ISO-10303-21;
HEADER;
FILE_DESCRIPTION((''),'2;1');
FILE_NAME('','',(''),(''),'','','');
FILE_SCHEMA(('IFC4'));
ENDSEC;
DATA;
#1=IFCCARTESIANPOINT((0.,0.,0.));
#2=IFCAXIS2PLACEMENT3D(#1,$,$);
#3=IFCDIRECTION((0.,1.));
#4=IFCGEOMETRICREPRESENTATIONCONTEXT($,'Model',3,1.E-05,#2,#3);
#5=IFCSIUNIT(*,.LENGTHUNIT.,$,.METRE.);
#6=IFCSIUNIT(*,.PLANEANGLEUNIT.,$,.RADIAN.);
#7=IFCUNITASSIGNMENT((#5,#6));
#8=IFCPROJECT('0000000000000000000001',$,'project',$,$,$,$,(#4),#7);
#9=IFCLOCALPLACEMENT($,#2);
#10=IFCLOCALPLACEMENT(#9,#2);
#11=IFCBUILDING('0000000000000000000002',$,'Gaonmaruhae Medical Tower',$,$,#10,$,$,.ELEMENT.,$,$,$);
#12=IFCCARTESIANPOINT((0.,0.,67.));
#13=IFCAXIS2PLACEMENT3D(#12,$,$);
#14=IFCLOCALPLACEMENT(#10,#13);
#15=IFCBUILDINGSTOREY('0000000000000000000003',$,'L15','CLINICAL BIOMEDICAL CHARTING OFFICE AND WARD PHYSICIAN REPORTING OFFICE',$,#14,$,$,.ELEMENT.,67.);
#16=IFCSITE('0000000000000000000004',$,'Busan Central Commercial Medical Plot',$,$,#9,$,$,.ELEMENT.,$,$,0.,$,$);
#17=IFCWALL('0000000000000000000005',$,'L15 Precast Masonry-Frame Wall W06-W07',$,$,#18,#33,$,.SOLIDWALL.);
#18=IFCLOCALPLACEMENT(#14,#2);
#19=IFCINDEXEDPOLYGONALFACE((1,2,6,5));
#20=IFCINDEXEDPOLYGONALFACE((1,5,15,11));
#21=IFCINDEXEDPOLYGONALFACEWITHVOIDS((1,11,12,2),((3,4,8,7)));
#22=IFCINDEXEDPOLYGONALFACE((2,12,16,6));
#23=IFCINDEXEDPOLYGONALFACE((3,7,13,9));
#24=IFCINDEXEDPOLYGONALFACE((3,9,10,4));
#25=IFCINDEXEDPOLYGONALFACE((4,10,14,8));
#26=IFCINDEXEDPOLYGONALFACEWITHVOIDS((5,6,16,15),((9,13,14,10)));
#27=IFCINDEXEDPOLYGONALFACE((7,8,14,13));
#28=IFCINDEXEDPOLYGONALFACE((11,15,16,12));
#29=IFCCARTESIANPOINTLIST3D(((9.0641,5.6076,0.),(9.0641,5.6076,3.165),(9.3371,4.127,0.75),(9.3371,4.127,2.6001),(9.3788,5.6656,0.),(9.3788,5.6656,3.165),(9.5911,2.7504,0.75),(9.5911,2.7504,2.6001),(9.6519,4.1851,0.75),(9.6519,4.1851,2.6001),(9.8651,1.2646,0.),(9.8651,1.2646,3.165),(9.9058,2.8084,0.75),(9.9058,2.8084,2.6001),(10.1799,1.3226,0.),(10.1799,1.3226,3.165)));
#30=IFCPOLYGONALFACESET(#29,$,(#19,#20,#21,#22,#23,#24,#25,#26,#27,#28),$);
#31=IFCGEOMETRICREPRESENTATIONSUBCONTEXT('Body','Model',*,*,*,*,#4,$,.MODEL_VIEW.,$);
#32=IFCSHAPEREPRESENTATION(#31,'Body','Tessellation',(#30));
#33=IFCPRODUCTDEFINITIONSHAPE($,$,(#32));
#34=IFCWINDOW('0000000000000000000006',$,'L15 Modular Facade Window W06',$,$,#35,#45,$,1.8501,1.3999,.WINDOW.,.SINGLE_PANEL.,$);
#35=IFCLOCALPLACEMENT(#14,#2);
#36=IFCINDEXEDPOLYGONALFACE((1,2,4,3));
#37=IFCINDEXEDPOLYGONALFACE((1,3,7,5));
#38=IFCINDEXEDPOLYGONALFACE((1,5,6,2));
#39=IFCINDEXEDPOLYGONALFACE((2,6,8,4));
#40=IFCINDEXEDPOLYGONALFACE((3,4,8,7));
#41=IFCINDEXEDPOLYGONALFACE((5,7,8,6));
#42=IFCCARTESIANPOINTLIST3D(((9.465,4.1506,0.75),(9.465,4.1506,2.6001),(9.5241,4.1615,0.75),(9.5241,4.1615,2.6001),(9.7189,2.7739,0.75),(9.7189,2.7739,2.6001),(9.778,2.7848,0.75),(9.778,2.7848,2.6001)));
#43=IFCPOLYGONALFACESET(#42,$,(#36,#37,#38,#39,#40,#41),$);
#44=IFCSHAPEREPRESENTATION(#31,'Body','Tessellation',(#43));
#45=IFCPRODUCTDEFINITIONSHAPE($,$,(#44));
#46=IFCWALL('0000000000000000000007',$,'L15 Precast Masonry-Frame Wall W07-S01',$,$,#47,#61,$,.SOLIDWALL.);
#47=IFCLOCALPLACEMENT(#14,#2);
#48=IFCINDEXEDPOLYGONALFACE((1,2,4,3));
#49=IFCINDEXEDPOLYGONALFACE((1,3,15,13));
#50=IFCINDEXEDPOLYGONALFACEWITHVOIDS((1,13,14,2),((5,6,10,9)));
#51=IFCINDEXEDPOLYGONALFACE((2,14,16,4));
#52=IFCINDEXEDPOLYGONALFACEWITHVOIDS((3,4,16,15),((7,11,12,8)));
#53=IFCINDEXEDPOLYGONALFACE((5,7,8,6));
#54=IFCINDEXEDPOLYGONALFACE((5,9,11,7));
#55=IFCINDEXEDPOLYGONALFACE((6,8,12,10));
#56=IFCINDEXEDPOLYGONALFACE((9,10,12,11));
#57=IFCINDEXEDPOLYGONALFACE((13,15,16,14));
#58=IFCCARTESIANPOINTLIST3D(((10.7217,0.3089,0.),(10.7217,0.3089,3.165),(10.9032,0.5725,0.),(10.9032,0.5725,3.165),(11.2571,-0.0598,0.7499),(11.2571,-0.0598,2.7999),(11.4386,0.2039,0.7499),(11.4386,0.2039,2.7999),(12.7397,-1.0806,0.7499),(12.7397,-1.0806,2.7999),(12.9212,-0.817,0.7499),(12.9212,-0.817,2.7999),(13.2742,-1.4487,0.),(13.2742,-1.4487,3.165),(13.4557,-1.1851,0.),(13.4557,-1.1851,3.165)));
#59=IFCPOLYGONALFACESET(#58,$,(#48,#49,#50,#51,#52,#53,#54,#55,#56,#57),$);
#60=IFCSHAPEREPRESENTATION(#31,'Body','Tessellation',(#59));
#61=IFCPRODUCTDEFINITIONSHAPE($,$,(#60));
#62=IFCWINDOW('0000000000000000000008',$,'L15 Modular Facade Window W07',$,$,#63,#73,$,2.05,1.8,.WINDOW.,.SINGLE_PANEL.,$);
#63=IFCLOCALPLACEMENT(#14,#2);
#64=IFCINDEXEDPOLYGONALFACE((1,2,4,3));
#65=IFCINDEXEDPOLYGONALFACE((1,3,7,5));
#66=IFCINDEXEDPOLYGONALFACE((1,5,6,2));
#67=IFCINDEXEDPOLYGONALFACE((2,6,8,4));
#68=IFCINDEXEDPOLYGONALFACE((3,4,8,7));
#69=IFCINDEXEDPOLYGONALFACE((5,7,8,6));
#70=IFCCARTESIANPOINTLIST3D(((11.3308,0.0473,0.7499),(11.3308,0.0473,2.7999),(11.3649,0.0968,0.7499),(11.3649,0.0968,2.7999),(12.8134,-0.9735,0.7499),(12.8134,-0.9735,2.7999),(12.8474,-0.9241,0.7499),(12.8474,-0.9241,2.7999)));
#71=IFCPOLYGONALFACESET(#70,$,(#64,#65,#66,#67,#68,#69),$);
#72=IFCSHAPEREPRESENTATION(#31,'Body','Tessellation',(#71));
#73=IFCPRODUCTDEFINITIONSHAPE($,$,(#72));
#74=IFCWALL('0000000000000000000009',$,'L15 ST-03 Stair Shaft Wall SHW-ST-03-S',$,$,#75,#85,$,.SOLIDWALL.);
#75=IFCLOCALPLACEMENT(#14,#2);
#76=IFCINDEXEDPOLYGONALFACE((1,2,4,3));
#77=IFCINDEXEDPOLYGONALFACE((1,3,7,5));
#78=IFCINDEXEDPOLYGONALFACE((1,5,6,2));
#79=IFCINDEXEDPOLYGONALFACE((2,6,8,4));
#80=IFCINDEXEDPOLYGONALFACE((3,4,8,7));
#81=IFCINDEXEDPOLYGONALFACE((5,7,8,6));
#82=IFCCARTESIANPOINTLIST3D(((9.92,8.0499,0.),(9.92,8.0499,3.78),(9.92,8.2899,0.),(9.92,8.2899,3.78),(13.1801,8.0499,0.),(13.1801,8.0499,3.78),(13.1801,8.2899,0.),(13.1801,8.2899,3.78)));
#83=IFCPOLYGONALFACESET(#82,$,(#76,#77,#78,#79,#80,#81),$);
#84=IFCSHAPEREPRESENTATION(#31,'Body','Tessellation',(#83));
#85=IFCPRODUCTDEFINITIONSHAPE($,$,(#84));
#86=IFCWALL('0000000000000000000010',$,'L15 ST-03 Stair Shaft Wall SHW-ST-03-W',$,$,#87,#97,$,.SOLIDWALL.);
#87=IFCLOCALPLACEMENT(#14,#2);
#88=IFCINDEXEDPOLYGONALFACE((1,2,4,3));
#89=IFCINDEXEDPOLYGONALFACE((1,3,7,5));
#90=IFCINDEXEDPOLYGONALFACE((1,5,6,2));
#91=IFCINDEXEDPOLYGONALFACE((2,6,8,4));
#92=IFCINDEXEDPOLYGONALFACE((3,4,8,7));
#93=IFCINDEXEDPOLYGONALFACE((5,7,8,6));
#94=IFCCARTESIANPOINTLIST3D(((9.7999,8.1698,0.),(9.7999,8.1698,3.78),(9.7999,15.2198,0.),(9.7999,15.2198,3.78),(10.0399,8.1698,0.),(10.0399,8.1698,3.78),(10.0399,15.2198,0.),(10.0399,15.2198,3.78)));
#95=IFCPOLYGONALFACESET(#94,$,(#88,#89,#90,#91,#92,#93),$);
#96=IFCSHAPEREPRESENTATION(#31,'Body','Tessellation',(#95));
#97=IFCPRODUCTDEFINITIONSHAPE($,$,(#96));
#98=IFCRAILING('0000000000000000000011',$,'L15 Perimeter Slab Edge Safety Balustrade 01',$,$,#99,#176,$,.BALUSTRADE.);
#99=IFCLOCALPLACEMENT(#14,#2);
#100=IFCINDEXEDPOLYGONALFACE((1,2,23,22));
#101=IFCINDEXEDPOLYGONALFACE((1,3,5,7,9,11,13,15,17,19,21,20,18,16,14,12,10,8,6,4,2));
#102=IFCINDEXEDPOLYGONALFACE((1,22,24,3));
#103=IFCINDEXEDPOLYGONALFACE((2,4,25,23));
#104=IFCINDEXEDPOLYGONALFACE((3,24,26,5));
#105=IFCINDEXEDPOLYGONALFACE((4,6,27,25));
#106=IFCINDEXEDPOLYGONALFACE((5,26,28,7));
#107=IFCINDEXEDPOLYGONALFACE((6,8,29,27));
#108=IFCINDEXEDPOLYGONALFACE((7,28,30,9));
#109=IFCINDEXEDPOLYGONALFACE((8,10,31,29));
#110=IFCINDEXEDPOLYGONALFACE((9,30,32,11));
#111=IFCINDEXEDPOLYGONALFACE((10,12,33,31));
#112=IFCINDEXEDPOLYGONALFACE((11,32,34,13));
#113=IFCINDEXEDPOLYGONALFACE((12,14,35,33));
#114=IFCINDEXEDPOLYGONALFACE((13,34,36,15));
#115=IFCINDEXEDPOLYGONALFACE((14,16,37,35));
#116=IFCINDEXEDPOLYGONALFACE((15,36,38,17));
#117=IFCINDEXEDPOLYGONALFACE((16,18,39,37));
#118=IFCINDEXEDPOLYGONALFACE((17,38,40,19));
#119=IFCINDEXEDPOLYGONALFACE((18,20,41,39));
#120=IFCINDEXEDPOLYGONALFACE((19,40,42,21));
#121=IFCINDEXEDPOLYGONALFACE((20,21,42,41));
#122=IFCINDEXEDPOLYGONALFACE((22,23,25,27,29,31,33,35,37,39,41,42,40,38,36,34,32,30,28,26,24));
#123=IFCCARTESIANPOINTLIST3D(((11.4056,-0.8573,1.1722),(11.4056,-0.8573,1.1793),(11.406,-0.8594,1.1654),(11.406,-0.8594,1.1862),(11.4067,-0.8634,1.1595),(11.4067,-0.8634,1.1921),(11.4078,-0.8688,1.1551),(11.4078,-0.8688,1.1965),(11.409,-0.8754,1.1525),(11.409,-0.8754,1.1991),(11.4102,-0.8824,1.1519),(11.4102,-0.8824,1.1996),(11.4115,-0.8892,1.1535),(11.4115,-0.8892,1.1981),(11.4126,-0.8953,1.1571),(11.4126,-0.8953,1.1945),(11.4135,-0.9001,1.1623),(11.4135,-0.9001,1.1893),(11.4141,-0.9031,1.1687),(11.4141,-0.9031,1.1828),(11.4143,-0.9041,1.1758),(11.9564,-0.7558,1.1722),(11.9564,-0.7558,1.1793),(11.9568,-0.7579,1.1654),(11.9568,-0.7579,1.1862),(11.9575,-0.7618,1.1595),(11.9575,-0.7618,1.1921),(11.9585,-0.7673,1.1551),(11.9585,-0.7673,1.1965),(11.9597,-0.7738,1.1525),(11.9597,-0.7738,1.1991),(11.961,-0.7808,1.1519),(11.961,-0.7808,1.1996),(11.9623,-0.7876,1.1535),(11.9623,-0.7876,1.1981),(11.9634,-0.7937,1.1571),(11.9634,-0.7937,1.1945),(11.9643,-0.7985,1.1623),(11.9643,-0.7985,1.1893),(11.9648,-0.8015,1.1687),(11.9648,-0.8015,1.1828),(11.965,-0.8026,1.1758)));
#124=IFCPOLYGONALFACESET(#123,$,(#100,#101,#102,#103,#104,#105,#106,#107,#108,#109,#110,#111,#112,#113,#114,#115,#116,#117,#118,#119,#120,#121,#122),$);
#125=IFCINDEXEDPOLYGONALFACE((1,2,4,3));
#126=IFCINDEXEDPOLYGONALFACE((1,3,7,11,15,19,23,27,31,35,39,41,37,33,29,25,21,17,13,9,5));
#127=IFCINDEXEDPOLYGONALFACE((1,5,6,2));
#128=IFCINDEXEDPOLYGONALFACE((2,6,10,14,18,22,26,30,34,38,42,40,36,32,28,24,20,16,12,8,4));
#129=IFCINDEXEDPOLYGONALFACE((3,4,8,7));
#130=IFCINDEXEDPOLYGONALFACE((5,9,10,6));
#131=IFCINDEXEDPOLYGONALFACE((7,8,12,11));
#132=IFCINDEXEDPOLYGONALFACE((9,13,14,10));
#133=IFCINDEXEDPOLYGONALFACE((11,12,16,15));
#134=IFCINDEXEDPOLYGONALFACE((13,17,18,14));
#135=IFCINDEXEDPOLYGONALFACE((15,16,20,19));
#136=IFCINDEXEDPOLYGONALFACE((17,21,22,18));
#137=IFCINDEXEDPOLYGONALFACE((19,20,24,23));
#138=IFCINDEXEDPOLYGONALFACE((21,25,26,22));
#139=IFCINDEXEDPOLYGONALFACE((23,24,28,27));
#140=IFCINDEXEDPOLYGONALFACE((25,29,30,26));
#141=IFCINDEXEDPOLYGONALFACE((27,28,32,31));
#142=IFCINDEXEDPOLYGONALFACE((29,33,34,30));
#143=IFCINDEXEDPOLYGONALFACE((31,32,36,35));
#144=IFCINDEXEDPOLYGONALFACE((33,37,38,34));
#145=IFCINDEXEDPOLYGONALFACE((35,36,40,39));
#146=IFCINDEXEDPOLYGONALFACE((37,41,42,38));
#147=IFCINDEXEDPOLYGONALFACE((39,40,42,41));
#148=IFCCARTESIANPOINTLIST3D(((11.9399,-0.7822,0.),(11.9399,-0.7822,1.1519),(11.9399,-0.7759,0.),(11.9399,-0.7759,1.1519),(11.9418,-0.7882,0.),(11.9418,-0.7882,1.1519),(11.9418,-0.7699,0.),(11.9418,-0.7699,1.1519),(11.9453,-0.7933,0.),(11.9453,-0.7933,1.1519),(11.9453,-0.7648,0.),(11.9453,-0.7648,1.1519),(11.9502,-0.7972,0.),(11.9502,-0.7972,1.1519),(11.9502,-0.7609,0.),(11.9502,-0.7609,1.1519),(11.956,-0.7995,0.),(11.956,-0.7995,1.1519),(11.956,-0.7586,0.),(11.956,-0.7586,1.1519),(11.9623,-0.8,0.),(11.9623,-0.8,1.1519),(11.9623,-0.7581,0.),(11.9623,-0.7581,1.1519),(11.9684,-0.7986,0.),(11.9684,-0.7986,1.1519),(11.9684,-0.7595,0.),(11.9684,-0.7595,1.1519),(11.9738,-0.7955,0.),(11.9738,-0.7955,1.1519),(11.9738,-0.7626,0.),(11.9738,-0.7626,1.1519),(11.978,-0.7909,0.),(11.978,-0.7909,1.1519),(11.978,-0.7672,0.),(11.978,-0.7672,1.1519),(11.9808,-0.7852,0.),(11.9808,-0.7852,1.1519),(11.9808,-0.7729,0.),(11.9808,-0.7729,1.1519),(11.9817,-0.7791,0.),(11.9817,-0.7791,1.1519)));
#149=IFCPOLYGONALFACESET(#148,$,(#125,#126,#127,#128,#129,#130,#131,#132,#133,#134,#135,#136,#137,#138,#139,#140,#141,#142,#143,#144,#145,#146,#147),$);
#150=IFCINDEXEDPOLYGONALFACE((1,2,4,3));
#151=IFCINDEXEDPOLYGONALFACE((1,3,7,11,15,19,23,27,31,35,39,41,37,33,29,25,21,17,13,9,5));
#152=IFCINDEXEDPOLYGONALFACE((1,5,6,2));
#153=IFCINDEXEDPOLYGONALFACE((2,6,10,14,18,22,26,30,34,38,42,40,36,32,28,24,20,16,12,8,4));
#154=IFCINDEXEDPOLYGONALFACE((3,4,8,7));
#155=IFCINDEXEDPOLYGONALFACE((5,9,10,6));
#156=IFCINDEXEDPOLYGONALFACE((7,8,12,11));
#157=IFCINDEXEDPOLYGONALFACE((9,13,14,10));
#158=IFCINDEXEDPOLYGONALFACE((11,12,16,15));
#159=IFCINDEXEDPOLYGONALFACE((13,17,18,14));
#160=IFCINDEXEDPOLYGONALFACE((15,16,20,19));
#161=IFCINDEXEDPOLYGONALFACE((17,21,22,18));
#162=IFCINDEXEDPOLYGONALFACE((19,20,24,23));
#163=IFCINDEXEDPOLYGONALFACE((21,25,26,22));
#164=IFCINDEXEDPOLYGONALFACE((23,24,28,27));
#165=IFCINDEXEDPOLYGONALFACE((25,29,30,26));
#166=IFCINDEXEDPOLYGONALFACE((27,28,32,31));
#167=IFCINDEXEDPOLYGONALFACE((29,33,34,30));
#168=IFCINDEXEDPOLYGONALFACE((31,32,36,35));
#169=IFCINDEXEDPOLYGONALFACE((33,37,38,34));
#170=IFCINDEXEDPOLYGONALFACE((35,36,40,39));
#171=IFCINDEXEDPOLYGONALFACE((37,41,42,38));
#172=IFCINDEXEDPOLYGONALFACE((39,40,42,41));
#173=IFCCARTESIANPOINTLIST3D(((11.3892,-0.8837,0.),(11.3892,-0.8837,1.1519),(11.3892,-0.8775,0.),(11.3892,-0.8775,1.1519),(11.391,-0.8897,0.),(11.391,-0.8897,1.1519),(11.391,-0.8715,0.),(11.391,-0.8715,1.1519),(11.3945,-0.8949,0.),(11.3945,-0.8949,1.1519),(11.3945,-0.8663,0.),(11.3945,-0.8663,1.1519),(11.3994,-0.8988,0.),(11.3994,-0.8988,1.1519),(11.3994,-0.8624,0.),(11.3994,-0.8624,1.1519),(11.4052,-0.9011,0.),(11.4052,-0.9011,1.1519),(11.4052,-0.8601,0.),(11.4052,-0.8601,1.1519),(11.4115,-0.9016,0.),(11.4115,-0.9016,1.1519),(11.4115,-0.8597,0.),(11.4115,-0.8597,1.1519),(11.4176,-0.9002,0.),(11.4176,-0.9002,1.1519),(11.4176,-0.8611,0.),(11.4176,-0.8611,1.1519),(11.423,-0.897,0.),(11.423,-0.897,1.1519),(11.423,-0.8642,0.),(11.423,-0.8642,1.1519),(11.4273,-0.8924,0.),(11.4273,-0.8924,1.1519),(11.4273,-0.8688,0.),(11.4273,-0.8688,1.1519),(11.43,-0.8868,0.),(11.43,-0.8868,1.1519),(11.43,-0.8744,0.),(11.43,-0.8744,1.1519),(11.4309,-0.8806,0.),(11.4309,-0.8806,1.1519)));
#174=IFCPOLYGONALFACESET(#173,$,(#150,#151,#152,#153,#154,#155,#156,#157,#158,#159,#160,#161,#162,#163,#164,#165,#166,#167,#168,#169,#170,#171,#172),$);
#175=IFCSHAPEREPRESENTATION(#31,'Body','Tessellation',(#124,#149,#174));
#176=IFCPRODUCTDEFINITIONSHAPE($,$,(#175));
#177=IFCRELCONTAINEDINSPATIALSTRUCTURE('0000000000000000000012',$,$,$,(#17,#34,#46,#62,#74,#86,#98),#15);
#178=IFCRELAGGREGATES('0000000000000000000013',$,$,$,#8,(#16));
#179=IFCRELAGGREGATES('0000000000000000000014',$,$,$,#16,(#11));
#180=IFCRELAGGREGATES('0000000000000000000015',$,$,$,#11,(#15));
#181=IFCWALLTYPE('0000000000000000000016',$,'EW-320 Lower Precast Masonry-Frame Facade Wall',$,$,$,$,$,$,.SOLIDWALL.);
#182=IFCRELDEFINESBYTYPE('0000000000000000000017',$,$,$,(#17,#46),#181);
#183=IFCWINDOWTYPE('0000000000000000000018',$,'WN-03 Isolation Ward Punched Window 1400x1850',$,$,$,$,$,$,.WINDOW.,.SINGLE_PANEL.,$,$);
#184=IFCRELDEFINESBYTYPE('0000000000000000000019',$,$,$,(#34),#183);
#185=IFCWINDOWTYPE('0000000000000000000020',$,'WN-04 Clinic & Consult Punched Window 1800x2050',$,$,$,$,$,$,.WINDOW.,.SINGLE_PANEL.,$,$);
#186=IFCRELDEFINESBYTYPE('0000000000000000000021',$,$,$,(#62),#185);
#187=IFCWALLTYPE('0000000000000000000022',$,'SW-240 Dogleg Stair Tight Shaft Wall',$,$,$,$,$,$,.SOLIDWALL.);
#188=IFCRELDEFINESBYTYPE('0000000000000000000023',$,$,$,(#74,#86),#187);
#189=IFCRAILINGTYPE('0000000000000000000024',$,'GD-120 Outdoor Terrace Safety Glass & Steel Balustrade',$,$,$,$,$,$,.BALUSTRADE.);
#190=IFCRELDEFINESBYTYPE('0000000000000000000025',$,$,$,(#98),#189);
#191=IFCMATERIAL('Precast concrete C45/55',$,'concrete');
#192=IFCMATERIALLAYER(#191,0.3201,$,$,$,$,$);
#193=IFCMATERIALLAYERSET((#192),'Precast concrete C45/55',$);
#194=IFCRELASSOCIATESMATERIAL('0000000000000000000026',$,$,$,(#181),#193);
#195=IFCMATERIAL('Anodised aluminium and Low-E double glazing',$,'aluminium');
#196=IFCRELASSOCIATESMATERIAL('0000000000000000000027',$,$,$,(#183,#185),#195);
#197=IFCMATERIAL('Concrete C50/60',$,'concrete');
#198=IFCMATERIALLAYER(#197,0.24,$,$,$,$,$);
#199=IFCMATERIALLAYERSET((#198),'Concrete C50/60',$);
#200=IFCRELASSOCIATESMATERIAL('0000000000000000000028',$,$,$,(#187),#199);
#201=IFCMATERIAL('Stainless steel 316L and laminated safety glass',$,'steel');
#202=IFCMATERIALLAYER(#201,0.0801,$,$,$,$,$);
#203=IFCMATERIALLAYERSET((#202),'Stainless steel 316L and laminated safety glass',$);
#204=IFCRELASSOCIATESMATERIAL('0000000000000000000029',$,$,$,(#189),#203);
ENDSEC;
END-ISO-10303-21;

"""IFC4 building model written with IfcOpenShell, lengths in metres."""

from ifc_helpers import new_model, si_unit, direction, frame, frame_2d, origin, origin_2d, place, context, subcontext, project, spatial, rectangle, circle, extrude, material, layer, layer_set, type_object, element, fill, save


model = new_model("IFC4")

# Units and contexts
model_context = context("Model", 3, precision=1e-05, world=origin(), true_north=direction((0.0, 1.0)))
body_context = subcontext(model_context, "Body", "Model", "MODEL_VIEW")
ifc_project = project(units=[si_unit("LENGTHUNIT", "METRE"), si_unit("PLANEANGLEUNIT", "RADIAN")], contexts=[model_context])

# Site, building, storey
site_placement = place(None, origin())
site = spatial("IfcSite", under=ifc_project, at=site_placement, Name="Busan Central Commercial Medical Plot", CompositionType="ELEMENT", RefElevation=0.0)
building_placement = place(site_placement, origin())
building = spatial("IfcBuilding", under=site, at=building_placement, Name="Gaonmaruhae Medical Tower", CompositionType="ELEMENT")
storey_placement = place(building_placement, frame((0.0, 0.0, 67.0)))
storey = spatial("IfcBuildingStorey", under=building, at=storey_placement, Name="L15", Description="CLINICAL BIOMEDICAL CHARTING OFFICE AND WARD PHYSICIAN REPORTING OFFICE", CompositionType="ELEMENT", Elevation=67.0)

# Walls, openings, windows
ifc_material_1 = material(Name="Precast concrete C45/55", Category="concrete")
ifc_layer_1 = layer(ifc_material_1, 0.3201)
ifc_layer_set_1 = layer_set([ifc_layer_1], Name="Precast concrete C45/55")
wall_type_1 = type_object("IfcWallType", Name="EW-320 Lower Precast Masonry-Frame Facade Wall", PredefinedType="SOLIDWALL", material=ifc_layer_set_1)
ifc_material_2 = material(Name="Anodised aluminium and Low-E double glazing", Category="aluminium")
wall_1_placement = place(storey_placement, frame((10.0225, 1.2937, 0.0), z_axis=(0.0, 0.0, 1.0), x_axis=(-0.181381, 0.983413, 0.0)))
wall_1 = element("IfcWall", 1, at=wall_1_placement, inside=storey, type_object=wall_type_1, Name="L15 Precast Masonry-Frame Wall W06-W07", PredefinedType="SOLIDWALL", context=body_context, shape_type="SweptSolid", body=[
    extrude(rectangle(XDim=4.4163, YDim=0.3201, at=frame_2d((2.208, 0.0))), origin(), (0.0, 0.0, 1.0), 3.165),
])
opening_1_placement = place(wall_1_placement, frame((1.5107, 0.0, 0.75)))
opening_1 = element("IfcOpeningElement", 2, at=opening_1_placement, cuts=wall_1, PredefinedType="OPENING", context=body_context, shape_type="SweptSolid", body=[
    extrude(rectangle(XDim=1.3999, YDim=1.8501, at=frame_2d((0.7, 0.925))), frame((0.0, 0.1699, 0.0), z_axis=(0.0, -1.0, 0.0), x_axis=(1.0, 0.0, 0.0)), (0.0, 0.0, 1.0), 0.3401),
])
window_type_1 = type_object("IfcWindowType", Name="WN-03 Isolation Ward Punched Window 1400x1850", PartitioningType="SINGLE_PANEL", PredefinedType="WINDOW", material=ifc_material_2)
window_1_placement = place(opening_1_placement, origin())
window_1 = element("IfcWindow", 3, at=window_1_placement, inside=storey, type_object=window_type_1, Name="L15 Modular Facade Window W06", OverallHeight=1.8501, OverallWidth=1.3999, PartitioningType="SINGLE_PANEL", PredefinedType="WINDOW", context=body_context, shape_type="SweptSolid", body=[
    extrude(rectangle(XDim=1.3999, YDim=1.8501, at=frame_2d((0.7, 0.925))), frame((0.0, 0.03, 0.0), z_axis=(0.0, -1.0, 0.0), x_axis=(1.0, 0.0, 0.0)), (0.0, 0.0, 1.0), 0.0601),
])
fill(opening_1, window_1)
wall_2_placement = place(storey_placement, frame((13.365, -1.3169, 0.0), z_axis=(0.0, 0.0, 1.0), x_axis=(-0.82363, 0.567127, 0.0)))
wall_2 = element("IfcWall", 4, at=wall_2_placement, inside=storey, type_object=wall_type_1, Name="L15 Precast Masonry-Frame Wall W07-S01", PredefinedType="SOLIDWALL", context=body_context, shape_type="SweptSolid", body=[
    extrude(rectangle(XDim=3.0991, YDim=0.3201, at=frame_2d((1.5496, 0.0))), origin(), (0.0, 0.0, 1.0), 3.165),
])
opening_2_placement = place(wall_2_placement, frame((0.6492, 0.0, 0.75)))
opening_2 = element("IfcOpeningElement", 5, at=opening_2_placement, cuts=wall_2, PredefinedType="OPENING", context=body_context, shape_type="SweptSolid", body=[
    extrude(rectangle(XDim=1.8, YDim=2.05, at=frame_2d((0.8999, 1.0249))), frame((0.0, 0.1699, 0.0), z_axis=(0.0, -1.0, 0.0), x_axis=(1.0, 0.0, 0.0)), (0.0, 0.0, 1.0), 0.3401),
])
window_type_2 = type_object("IfcWindowType", Name="WN-04 Clinic & Consult Punched Window 1800x2050", PartitioningType="SINGLE_PANEL", PredefinedType="WINDOW", material=ifc_material_2)
window_2_placement = place(opening_2_placement, origin())
window_2 = element("IfcWindow", 6, at=window_2_placement, inside=storey, type_object=window_type_2, Name="L15 Modular Facade Window W07", OverallHeight=2.05, OverallWidth=1.8, PartitioningType="SINGLE_PANEL", PredefinedType="WINDOW", context=body_context, shape_type="SweptSolid", body=[
    extrude(rectangle(XDim=1.8, YDim=2.05, at=frame_2d((0.8999, 1.0249))), frame((0.0, 0.03, 0.0), z_axis=(0.0, -1.0, 0.0), x_axis=(1.0, 0.0, 0.0)), (0.0, 0.0, 1.0), 0.0601),
])
fill(opening_2, window_2)

# Walls
ifc_material_3 = material(Name="Concrete C50/60", Category="concrete")
ifc_layer_2 = layer(ifc_material_3, 0.24)
ifc_layer_set_2 = layer_set([ifc_layer_2], Name="Concrete C50/60")
wall_type_2 = type_object("IfcWallType", Name="SW-240 Dogleg Stair Tight Shaft Wall", PredefinedType="SOLIDWALL", material=ifc_layer_set_2)
wall_3_placement = place(storey_placement, frame((13.1799, 8.1699, 0.0), z_axis=(0.0, 0.0, 1.0), x_axis=(-1.0, 0.0, 0.0)))
element("IfcWall", 7, at=wall_3_placement, inside=storey, type_object=wall_type_2, Name="L15 ST-03 Stair Shaft Wall SHW-ST-03-S", PredefinedType="SOLIDWALL", context=body_context, shape_type="SweptSolid", body=[
    extrude(rectangle(XDim=3.26, YDim=0.24, at=frame_2d((1.6299, 0.0))), origin(), (0.0, 0.0, 1.0), 3.78),
])
wall_4_placement = place(storey_placement, frame((9.9199, 8.1699, 0.0), z_axis=(0.0, 0.0, 1.0), x_axis=(0.0, 1.0, 0.0)))
element("IfcWall", 8, at=wall_4_placement, inside=storey, type_object=wall_type_2, Name="L15 ST-03 Stair Shaft Wall SHW-ST-03-W", PredefinedType="SOLIDWALL", context=body_context, shape_type="SweptSolid", body=[
    extrude(rectangle(XDim=7.05, YDim=0.24, at=frame_2d((3.5249, 0.0))), origin(), (0.0, 0.0, 1.0), 3.78),
])

# Railing
ifc_material_4 = material(Name="Stainless steel 316L and laminated safety glass", Category="steel")
ifc_layer_3 = layer(ifc_material_4, 0.0801)
ifc_layer_set_3 = layer_set([ifc_layer_3], Name="Stainless steel 316L and laminated safety glass")
railing_type = type_object("IfcRailingType", Name="GD-120 Outdoor Terrace Safety Glass & Steel Balustrade", PredefinedType="BALUSTRADE", material=ifc_layer_set_3)
railing_1_placement = place(storey_placement, frame((11.9607, -0.7791, 0.0)))
element("IfcRailing", 9, at=railing_1_placement, inside=storey, type_object=railing_type, Name="L15 Perimeter Slab Edge Safety Balustrade 01", PredefinedType="BALUSTRADE", context=body_context, shape_type="SweptSolid", body=[
    extrude(circle(Radius=0.0239, at=origin_2d()), frame((0.0, 0.0, 1.1758), z_axis=(-0.98342, -0.18134, 0.0), x_axis=(0.18134, -0.98342, 0.0)), (0.0, 0.0, 1.0), 0.5601),
    extrude(circle(Radius=0.021, at=origin_2d()), origin(), (0.0, 0.0, 1.0), 1.1519),
    extrude(circle(Radius=0.021, at=origin_2d()), frame((-0.5508, -0.1016, 0.0)), (0.0, 0.0, 1.0), 1.1519),
])

save(model, "model.ifc")
